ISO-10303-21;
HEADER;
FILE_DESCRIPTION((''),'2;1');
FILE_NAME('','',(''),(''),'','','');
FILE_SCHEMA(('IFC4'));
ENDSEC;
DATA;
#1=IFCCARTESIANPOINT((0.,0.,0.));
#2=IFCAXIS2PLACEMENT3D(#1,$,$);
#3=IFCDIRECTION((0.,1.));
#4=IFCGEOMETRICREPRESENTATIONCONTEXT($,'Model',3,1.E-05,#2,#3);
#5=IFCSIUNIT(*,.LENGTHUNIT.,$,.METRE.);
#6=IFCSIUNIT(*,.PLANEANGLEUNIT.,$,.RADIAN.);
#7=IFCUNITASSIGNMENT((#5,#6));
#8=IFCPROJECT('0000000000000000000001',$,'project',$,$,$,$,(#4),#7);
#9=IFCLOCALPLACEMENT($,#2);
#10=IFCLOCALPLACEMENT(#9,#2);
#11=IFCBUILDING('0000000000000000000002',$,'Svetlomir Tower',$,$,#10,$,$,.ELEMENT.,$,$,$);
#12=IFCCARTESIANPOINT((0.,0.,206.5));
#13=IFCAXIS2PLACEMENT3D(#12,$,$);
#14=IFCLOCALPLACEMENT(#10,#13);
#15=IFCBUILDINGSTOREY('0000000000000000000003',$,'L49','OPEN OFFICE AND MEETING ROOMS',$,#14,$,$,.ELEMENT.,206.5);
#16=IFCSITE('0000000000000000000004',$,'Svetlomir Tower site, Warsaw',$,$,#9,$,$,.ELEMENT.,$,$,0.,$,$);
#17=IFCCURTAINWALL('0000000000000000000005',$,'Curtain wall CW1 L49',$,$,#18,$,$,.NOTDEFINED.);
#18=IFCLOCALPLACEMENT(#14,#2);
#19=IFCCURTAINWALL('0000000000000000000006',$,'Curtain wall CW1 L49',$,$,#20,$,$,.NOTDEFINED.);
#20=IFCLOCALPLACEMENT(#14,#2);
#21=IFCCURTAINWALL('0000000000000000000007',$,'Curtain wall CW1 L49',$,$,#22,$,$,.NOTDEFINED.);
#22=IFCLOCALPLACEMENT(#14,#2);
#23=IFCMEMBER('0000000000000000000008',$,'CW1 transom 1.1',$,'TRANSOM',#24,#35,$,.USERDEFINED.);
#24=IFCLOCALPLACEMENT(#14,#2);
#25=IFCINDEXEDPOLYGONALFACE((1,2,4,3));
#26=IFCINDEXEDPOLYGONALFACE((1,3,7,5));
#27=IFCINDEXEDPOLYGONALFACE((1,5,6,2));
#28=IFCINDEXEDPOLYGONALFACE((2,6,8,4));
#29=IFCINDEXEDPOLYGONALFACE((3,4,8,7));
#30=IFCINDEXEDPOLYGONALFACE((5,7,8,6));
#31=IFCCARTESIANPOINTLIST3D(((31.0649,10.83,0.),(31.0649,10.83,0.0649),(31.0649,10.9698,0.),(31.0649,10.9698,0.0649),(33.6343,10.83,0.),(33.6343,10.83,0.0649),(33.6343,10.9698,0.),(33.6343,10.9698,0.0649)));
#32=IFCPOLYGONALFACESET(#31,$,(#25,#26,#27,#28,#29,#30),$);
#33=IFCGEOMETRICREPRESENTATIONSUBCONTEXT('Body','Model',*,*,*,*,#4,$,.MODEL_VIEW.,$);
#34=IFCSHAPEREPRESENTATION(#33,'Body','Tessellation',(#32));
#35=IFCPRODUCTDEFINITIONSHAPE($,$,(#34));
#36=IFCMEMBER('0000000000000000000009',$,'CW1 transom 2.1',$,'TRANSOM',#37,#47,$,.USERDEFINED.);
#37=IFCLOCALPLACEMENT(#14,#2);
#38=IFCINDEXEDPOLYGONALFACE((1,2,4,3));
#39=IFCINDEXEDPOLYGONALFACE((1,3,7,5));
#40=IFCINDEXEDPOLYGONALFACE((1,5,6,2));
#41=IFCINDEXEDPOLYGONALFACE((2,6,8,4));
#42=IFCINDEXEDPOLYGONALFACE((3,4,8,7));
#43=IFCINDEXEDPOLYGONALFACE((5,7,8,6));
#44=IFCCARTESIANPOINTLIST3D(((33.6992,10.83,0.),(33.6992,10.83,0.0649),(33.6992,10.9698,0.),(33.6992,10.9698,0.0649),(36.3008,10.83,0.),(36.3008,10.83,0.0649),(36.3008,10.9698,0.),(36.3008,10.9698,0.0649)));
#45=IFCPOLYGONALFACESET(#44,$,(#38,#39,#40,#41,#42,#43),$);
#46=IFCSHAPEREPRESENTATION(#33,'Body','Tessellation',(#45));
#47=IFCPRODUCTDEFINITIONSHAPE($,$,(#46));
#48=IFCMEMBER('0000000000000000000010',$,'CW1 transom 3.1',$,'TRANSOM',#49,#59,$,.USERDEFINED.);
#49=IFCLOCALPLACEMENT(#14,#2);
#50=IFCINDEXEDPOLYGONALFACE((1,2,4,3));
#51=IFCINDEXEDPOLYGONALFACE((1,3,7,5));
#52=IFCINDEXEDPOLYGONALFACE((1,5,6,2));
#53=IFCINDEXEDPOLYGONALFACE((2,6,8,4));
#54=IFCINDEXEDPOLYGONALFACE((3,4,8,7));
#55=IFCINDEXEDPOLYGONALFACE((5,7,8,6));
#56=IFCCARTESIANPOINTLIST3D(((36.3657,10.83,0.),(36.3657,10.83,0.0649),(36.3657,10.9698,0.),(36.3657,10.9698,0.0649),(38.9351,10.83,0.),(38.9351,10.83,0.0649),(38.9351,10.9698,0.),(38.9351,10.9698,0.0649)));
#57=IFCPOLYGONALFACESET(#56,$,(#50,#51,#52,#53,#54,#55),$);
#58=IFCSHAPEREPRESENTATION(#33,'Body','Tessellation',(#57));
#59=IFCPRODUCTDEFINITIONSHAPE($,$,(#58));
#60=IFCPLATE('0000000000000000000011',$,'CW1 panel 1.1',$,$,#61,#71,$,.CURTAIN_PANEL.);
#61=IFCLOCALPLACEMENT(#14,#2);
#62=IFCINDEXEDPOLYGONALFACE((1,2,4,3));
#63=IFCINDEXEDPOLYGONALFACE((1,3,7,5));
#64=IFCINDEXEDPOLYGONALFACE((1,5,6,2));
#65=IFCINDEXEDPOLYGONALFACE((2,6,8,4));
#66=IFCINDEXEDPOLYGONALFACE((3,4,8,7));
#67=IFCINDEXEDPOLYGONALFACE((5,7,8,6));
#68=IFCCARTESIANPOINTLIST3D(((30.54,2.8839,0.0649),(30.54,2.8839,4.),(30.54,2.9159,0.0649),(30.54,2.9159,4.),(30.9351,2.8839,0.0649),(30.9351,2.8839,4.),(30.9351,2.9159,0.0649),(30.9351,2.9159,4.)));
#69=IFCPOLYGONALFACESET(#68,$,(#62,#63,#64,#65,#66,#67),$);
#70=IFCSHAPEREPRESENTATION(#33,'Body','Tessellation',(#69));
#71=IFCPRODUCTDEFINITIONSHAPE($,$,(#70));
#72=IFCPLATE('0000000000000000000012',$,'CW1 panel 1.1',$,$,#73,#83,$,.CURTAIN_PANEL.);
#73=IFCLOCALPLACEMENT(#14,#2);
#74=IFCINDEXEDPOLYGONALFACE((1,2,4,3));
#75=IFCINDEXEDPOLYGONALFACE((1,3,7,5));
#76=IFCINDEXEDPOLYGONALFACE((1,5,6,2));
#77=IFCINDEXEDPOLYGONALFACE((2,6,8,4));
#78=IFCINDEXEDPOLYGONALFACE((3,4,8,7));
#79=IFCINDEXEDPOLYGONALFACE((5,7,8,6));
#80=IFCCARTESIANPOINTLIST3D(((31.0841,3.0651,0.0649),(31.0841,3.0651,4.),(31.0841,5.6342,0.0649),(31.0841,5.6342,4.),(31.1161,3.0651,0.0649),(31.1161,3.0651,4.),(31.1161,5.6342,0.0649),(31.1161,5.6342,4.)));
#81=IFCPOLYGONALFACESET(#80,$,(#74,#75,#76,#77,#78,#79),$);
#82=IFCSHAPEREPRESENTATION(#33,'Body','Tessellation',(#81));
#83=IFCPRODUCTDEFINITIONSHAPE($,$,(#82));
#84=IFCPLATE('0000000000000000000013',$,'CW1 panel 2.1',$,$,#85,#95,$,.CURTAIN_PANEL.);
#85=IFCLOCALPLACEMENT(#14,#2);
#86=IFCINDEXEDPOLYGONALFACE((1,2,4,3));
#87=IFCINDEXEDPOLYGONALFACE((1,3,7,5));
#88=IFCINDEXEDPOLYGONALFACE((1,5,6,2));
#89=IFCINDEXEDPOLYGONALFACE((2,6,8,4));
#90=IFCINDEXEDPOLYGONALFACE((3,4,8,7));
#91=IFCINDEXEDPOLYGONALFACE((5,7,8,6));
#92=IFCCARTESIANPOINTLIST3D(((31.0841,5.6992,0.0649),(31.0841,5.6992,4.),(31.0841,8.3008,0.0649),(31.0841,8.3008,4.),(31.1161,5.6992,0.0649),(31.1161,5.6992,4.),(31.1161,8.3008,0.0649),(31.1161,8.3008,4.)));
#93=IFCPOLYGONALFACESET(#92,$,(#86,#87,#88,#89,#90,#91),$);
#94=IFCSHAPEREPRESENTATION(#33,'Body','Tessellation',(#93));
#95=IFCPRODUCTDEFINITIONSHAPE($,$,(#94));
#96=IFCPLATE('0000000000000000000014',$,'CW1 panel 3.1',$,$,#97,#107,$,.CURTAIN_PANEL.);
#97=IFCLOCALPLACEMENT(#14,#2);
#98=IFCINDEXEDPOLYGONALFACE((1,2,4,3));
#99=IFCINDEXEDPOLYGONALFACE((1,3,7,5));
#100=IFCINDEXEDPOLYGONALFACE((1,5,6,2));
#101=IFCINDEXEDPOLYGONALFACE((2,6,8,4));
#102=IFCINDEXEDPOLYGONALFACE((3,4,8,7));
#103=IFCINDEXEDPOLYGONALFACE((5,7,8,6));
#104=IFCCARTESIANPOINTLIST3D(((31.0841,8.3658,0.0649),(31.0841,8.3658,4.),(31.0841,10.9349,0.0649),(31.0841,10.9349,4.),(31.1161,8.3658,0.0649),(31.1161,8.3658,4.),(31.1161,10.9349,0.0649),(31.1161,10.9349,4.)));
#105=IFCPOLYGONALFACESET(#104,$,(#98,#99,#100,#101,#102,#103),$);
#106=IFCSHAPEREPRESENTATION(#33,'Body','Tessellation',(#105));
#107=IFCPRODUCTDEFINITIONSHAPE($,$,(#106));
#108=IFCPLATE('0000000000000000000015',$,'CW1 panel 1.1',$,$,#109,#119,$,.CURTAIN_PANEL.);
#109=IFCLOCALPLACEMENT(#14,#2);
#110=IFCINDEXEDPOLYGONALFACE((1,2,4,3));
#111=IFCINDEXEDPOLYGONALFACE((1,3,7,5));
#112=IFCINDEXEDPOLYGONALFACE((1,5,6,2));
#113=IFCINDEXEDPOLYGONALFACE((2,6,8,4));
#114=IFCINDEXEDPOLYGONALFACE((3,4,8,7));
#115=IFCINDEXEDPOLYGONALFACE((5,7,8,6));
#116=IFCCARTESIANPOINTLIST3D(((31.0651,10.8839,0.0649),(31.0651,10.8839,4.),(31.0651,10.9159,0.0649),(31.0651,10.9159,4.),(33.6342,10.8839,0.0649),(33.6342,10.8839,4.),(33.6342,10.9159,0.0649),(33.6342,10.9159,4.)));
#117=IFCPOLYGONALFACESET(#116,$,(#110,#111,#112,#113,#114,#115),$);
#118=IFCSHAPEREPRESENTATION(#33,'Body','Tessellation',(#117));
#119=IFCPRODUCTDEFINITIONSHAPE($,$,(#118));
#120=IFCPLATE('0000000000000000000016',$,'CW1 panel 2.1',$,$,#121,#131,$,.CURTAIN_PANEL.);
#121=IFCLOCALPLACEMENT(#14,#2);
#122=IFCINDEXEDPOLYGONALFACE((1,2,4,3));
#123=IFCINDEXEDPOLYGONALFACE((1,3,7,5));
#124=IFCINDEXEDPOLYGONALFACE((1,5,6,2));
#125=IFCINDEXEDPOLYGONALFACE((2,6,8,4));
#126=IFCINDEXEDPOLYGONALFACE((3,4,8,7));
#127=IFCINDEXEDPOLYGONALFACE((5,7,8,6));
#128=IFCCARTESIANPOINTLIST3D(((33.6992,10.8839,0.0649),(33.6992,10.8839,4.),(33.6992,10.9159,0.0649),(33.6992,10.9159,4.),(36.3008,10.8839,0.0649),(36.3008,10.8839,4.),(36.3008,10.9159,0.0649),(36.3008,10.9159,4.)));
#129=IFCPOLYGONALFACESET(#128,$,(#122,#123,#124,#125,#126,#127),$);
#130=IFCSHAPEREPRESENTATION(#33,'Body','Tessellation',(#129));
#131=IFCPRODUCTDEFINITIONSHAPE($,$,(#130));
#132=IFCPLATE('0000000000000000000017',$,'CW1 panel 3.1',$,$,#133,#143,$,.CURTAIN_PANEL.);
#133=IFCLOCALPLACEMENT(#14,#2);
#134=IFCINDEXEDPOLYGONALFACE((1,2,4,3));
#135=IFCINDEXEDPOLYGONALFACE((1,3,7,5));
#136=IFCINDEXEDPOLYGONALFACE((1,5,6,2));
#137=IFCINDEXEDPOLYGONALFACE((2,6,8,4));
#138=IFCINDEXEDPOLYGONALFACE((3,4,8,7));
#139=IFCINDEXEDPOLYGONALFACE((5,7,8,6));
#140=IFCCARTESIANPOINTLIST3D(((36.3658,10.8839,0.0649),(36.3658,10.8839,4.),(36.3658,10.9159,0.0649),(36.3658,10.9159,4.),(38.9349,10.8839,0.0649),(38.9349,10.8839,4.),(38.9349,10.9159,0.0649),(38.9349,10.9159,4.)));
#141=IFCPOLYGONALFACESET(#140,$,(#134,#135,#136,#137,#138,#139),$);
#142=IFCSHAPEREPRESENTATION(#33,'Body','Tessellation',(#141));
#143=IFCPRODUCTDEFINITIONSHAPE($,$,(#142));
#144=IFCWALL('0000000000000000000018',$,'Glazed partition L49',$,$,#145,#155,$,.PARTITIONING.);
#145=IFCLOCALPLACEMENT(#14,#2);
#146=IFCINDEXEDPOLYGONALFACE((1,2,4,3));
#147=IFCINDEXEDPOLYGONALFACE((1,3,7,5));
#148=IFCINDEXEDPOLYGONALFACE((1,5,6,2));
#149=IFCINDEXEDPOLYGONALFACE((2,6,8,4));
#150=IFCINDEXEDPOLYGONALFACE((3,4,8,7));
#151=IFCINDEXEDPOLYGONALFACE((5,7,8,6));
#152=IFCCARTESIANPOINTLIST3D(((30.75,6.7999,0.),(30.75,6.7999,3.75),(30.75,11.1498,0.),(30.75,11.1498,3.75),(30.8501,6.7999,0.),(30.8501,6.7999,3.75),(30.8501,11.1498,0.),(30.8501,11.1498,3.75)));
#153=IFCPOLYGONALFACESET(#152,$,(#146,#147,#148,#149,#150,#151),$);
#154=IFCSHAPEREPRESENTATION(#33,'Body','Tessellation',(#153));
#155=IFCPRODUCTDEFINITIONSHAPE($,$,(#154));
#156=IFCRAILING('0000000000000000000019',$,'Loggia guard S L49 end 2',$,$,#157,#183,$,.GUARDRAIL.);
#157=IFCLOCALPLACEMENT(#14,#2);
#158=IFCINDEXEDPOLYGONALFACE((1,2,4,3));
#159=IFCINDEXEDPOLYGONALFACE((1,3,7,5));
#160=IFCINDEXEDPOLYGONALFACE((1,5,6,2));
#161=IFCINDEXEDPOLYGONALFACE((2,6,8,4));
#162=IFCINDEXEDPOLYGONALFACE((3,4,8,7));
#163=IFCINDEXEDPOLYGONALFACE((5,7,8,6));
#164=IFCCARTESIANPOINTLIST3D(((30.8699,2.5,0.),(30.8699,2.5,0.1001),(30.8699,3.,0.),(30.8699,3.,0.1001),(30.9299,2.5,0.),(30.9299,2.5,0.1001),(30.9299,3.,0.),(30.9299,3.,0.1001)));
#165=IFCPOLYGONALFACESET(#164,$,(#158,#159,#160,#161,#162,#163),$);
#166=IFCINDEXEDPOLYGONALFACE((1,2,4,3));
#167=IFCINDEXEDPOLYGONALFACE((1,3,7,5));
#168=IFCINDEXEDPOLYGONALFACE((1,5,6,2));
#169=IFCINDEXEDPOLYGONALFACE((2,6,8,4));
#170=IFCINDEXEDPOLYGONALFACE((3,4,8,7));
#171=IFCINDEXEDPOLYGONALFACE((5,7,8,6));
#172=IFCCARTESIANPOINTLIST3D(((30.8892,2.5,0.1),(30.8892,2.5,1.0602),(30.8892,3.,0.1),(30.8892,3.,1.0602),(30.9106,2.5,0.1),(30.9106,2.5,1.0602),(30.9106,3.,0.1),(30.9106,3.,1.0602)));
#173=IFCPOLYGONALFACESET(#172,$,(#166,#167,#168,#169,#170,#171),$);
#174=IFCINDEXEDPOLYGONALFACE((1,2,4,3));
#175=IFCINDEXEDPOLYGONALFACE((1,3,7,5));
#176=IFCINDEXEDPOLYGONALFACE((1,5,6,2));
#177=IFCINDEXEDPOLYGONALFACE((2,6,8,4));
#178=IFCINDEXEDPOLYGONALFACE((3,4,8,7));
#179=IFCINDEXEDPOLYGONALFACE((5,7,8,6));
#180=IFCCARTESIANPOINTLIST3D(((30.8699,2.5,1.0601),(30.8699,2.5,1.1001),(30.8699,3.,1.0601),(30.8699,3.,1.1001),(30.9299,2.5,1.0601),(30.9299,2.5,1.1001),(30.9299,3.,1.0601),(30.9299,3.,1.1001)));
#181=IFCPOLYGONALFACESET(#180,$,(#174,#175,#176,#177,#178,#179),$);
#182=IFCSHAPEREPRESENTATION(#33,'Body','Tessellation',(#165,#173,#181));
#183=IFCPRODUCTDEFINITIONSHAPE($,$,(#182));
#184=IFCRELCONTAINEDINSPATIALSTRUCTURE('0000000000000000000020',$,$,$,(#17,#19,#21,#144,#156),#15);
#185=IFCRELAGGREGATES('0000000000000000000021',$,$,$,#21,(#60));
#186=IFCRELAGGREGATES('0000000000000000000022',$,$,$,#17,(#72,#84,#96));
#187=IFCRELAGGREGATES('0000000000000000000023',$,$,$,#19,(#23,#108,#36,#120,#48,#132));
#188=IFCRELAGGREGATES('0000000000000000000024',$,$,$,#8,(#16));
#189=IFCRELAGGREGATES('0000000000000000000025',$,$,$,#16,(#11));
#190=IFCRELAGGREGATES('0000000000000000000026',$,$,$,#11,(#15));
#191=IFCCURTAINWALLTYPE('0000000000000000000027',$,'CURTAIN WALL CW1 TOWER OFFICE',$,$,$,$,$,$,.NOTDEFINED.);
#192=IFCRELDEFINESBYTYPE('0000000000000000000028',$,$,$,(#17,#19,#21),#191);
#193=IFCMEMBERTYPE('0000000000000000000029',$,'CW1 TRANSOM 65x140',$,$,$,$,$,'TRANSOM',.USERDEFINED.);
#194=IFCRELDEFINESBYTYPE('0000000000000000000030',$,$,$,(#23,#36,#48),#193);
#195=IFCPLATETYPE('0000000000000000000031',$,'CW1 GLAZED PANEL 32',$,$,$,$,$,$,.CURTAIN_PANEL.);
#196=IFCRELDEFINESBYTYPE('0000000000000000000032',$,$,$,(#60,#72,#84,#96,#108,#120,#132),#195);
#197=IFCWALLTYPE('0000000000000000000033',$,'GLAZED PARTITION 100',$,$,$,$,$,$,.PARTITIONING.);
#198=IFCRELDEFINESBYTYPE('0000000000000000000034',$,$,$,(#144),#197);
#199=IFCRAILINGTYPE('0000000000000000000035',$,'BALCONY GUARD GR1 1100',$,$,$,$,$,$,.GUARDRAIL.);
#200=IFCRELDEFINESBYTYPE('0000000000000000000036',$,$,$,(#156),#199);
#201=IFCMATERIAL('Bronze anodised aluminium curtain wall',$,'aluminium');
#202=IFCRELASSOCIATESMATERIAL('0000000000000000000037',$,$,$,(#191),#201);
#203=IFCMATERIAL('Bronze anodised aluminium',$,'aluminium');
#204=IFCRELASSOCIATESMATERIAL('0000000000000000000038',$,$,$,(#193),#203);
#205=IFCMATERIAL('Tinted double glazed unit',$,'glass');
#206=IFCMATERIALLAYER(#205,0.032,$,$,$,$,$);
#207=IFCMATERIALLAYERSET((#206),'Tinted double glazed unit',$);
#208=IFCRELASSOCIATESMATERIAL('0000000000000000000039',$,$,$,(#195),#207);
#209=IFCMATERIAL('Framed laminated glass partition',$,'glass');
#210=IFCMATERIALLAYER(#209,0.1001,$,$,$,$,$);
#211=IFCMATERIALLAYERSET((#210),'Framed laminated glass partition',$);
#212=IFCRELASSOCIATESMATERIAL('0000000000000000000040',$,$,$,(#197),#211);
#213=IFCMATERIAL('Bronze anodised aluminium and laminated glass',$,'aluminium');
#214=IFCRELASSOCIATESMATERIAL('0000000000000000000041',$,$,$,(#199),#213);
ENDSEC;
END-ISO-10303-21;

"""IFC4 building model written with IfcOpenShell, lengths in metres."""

from ifc_helpers import new_model, si_unit, direction, frame, frame_2d, origin, origin_2d, place, context, subcontext, project, spatial, rectangle, extrude, material, layer, layer_set, material_profile, profile_set, type_object, element, aggregate, save


model = new_model("IFC4")

# Units and contexts
model_context = context("Model", 3, precision=1e-05, world=origin(), true_north=direction((0.0, 1.0)))
body_context = subcontext(model_context, "Body", "Model", "MODEL_VIEW")
ifc_project = project(units=[si_unit("LENGTHUNIT", "METRE"), si_unit("PLANEANGLEUNIT", "RADIAN")], contexts=[model_context])

# Site, building, storey
site_placement = place(None, origin())
site = spatial("IfcSite", under=ifc_project, at=site_placement, Name="Svetlomir Tower site, Warsaw", CompositionType="ELEMENT", RefElevation=0.0)
building_placement = place(site_placement, origin())
building = spatial("IfcBuilding", under=site, at=building_placement, Name="Svetlomir Tower", CompositionType="ELEMENT")
storey_placement = place(building_placement, frame((0.0, 0.0, 206.5)))
storey = spatial("IfcBuildingStorey", under=building, at=storey_placement, Name="L49", Description="OPEN OFFICE AND MEETING ROOMS", CompositionType="ELEMENT", Elevation=206.5)

# Curtain walls
ifc_material_1 = material(Name="Bronze anodised aluminium curtain wall", Category="aluminium")
curtain_wall_type = type_object("IfcCurtainWallType", Name="CURTAIN WALL CW1 TOWER OFFICE", PredefinedType="NOTDEFINED", material=ifc_material_1)
curtain_wall_1_placement = place(storey_placement, origin())
curtain_wall_1 = element("IfcCurtainWall", 1, at=curtain_wall_1_placement, inside=storey, type_object=curtain_wall_type, Name="Curtain wall CW1 L49", PredefinedType="NOTDEFINED")
curtain_wall_2_placement = place(storey_placement, origin())
curtain_wall_2 = element("IfcCurtainWall", 2, at=curtain_wall_2_placement, inside=storey, type_object=curtain_wall_type, Name="Curtain wall CW1 L49", PredefinedType="NOTDEFINED")
curtain_wall_3_placement = place(storey_placement, origin())
curtain_wall_3 = element("IfcCurtainWall", 3, at=curtain_wall_3_placement, inside=storey, type_object=curtain_wall_type, Name="Curtain wall CW1 L49", PredefinedType="NOTDEFINED")

# Members
ifc_material_2 = material(Name="Bronze anodised aluminium", Category="aluminium")
ifc_material_profile_1 = material_profile(ifc_material_2, rectangle(XDim=0.1399, YDim=0.0649, at=origin_2d()), Name="AL 140x65")
ifc_profile_set_1 = profile_set([ifc_material_profile_1], Name="Bronze anodised aluminium 6063-T6")
member_type_1 = type_object("IfcMemberType", Name="CW1 TRANSOM 65x140", ElementType="TRANSOM", PredefinedType="USERDEFINED", material=ifc_profile_set_1)
member_1_placement = place(storey_placement, frame((31.0649, 10.8999, 0.0325), z_axis=(1.0, 0.0, 0.0), x_axis=(0.0, 1.0, 0.0)))
member_1 = element("IfcMember", 4, at=member_1_placement, type_object=member_type_1, Name="CW1 transom 1.1", ObjectType="TRANSOM", PredefinedType="USERDEFINED", context=body_context, shape_type="SweptSolid", body=[
    extrude(rectangle(XDim=0.1399, YDim=0.0649, at=origin_2d()), origin(), (0.0, 0.0, 1.0), 2.5693),
])
member_2_placement = place(storey_placement, frame((33.6992, 10.8999, 0.0325), z_axis=(1.0, 0.0, 0.0), x_axis=(0.0, 1.0, 0.0)))
member_2 = element("IfcMember", 5, at=member_2_placement, type_object=member_type_1, Name="CW1 transom 2.1", ObjectType="TRANSOM", PredefinedType="USERDEFINED", context=body_context, shape_type="SweptSolid", body=[
    extrude(rectangle(XDim=0.1399, YDim=0.0649, at=origin_2d()), origin(), (0.0, 0.0, 1.0), 2.6016),
])
member_3_placement = place(storey_placement, frame((36.3657, 10.8999, 0.0325), z_axis=(1.0, 0.0, 0.0), x_axis=(0.0, 1.0, 0.0)))
member_3 = element("IfcMember", 6, at=member_3_placement, type_object=member_type_1, Name="CW1 transom 3.1", ObjectType="TRANSOM", PredefinedType="USERDEFINED", context=body_context, shape_type="SweptSolid", body=[
    extrude(rectangle(XDim=0.1399, YDim=0.0649, at=origin_2d()), origin(), (0.0, 0.0, 1.0), 2.5693),
])

# Plates
ifc_material_3 = material(Name="Tinted double glazed unit", Category="glass")
ifc_layer_1 = layer(ifc_material_3, 0.032)
ifc_layer_set_1 = layer_set([ifc_layer_1], Name="Tinted double glazed unit")
plate_type = type_object("IfcPlateType", Name="CW1 GLAZED PANEL 32", PredefinedType="CURTAIN_PANEL", material=ifc_layer_set_1)
plate_1_placement = place(storey_placement, frame((30.7375, 2.8999, 0.0649), z_axis=(0.0, 0.0, 1.0), x_axis=(1.0, 0.0, 0.0)))
plate_1 = element("IfcPlate", 7, at=plate_1_placement, type_object=plate_type, Name="CW1 panel 1.1", PredefinedType="CURTAIN_PANEL", context=body_context, shape_type="SweptSolid", body=[
    extrude(rectangle(XDim=0.395, YDim=0.032, at=origin_2d()), origin(), (0.0, 0.0, 1.0), 3.9351),
])
aggregate(curtain_wall_3, [plate_1])
plate_2_placement = place(storey_placement, frame((31.1001, 4.3496, 0.0649), z_axis=(0.0, 0.0, 1.0), x_axis=(0.0, 1.0, 0.0)))
plate_2 = element("IfcPlate", 8, at=plate_2_placement, type_object=plate_type, Name="CW1 panel 1.1", PredefinedType="CURTAIN_PANEL", context=body_context, shape_type="SweptSolid", body=[
    extrude(rectangle(XDim=2.5691, YDim=0.032, at=origin_2d()), origin(), (0.0, 0.0, 1.0), 3.9351),
])
plate_3_placement = place(storey_placement, frame((31.1001, 7.0, 0.0649), z_axis=(0.0, 0.0, 1.0), x_axis=(0.0, 1.0, 0.0)))
plate_3 = element("IfcPlate", 9, at=plate_3_placement, type_object=plate_type, Name="CW1 panel 2.1", PredefinedType="CURTAIN_PANEL", context=body_context, shape_type="SweptSolid", body=[
    extrude(rectangle(XDim=2.6016, YDim=0.032, at=origin_2d()), origin(), (0.0, 0.0, 1.0), 3.9351),
])
plate_4_placement = place(storey_placement, frame((31.1001, 9.6504, 0.0649), z_axis=(0.0, 0.0, 1.0), x_axis=(0.0, 1.0, 0.0)))
plate_4 = element("IfcPlate", 10, at=plate_4_placement, type_object=plate_type, Name="CW1 panel 3.1", PredefinedType="CURTAIN_PANEL", context=body_context, shape_type="SweptSolid", body=[
    extrude(rectangle(XDim=2.5691, YDim=0.032, at=origin_2d()), origin(), (0.0, 0.0, 1.0), 3.9351),
])
aggregate(curtain_wall_1, [plate_2, plate_3, plate_4])
plate_5_placement = place(storey_placement, frame((32.3496, 10.8999, 0.0649), z_axis=(0.0, 0.0, 1.0), x_axis=(1.0, 0.0, 0.0)))
plate_5 = element("IfcPlate", 11, at=plate_5_placement, type_object=plate_type, Name="CW1 panel 1.1", PredefinedType="CURTAIN_PANEL", context=body_context, shape_type="SweptSolid", body=[
    extrude(rectangle(XDim=2.5691, YDim=0.032, at=origin_2d()), origin(), (0.0, 0.0, 1.0), 3.9351),
])
plate_6_placement = place(storey_placement, frame((35.0, 10.8999, 0.0649), z_axis=(0.0, 0.0, 1.0), x_axis=(1.0, 0.0, 0.0)))
plate_6 = element("IfcPlate", 12, at=plate_6_placement, type_object=plate_type, Name="CW1 panel 2.1", PredefinedType="CURTAIN_PANEL", context=body_context, shape_type="SweptSolid", body=[
    extrude(rectangle(XDim=2.6016, YDim=0.032, at=origin_2d()), origin(), (0.0, 0.0, 1.0), 3.9351),
])
plate_7_placement = place(storey_placement, frame((37.6504, 10.8999, 0.0649), z_axis=(0.0, 0.0, 1.0), x_axis=(1.0, 0.0, 0.0)))
plate_7 = element("IfcPlate", 13, at=plate_7_placement, type_object=plate_type, Name="CW1 panel 3.1", PredefinedType="CURTAIN_PANEL", context=body_context, shape_type="SweptSolid", body=[
    extrude(rectangle(XDim=2.5691, YDim=0.032, at=origin_2d()), origin(), (0.0, 0.0, 1.0), 3.9351),
])
aggregate(curtain_wall_2, [member_1, plate_5, member_2, plate_6, member_3, plate_7])

# Wall
ifc_material_4 = material(Name="Framed laminated glass partition", Category="glass")
ifc_layer_2 = layer(ifc_material_4, 0.1001)
ifc_layer_set_2 = layer_set([ifc_layer_2], Name="Framed laminated glass partition")
wall_type = type_object("IfcWallType", Name="GLAZED PARTITION 100", PredefinedType="PARTITIONING", material=ifc_layer_set_2)
wall_placement = place(storey_placement, frame((30.8, 6.8, 0.0), z_axis=(0.0, 0.0, 1.0), x_axis=(0.0, 1.0, 0.0)))
element("IfcWall", 14, at=wall_placement, inside=storey, type_object=wall_type, Name="Glazed partition L49", PredefinedType="PARTITIONING", context=body_context, shape_type="SweptSolid", body=[
    extrude(rectangle(XDim=4.3499, YDim=0.1001, at=frame_2d((2.1748, 0.0))), origin(), (0.0, 0.0, 1.0), 3.75),
])

# Railing
ifc_material_5 = material(Name="Bronze anodised aluminium and laminated glass", Category="aluminium")
railing_type = type_object("IfcRailingType", Name="BALCONY GUARD GR1 1100", PredefinedType="GUARDRAIL", material=ifc_material_5)
railing_placement = place(storey_placement, frame((30.8999, 2.5, 0.0)))
element("IfcRailing", 15, at=railing_placement, inside=storey, type_object=railing_type, Name="Loggia guard S L49 end 2", PredefinedType="GUARDRAIL", context=body_context, shape_type="SweptSolid", body=[
    extrude(rectangle(XDim=0.0601, YDim=0.1001, at=origin_2d()), frame((0.0, 0.0, 0.05), z_axis=(0.0, 1.0, 0.0), x_axis=(-1.0, 0.0, 0.0)), (0.0, 0.0, 1.0), 0.5),
    extrude(rectangle(XDim=0.0215, YDim=0.9602, at=origin_2d()), frame((0.0, 0.0, 0.5801), z_axis=(0.0, 1.0, 0.0), x_axis=(-1.0, 0.0, 0.0)), (0.0, 0.0, 1.0), 0.5),
    extrude(rectangle(XDim=0.0601, YDim=0.04, at=origin_2d()), frame((0.0, 0.0, 1.0801), z_axis=(0.0, 1.0, 0.0), x_axis=(-1.0, 0.0, 0.0)), (0.0, 0.0, 1.0), 0.5),
])

save(model, "model.ifc")
